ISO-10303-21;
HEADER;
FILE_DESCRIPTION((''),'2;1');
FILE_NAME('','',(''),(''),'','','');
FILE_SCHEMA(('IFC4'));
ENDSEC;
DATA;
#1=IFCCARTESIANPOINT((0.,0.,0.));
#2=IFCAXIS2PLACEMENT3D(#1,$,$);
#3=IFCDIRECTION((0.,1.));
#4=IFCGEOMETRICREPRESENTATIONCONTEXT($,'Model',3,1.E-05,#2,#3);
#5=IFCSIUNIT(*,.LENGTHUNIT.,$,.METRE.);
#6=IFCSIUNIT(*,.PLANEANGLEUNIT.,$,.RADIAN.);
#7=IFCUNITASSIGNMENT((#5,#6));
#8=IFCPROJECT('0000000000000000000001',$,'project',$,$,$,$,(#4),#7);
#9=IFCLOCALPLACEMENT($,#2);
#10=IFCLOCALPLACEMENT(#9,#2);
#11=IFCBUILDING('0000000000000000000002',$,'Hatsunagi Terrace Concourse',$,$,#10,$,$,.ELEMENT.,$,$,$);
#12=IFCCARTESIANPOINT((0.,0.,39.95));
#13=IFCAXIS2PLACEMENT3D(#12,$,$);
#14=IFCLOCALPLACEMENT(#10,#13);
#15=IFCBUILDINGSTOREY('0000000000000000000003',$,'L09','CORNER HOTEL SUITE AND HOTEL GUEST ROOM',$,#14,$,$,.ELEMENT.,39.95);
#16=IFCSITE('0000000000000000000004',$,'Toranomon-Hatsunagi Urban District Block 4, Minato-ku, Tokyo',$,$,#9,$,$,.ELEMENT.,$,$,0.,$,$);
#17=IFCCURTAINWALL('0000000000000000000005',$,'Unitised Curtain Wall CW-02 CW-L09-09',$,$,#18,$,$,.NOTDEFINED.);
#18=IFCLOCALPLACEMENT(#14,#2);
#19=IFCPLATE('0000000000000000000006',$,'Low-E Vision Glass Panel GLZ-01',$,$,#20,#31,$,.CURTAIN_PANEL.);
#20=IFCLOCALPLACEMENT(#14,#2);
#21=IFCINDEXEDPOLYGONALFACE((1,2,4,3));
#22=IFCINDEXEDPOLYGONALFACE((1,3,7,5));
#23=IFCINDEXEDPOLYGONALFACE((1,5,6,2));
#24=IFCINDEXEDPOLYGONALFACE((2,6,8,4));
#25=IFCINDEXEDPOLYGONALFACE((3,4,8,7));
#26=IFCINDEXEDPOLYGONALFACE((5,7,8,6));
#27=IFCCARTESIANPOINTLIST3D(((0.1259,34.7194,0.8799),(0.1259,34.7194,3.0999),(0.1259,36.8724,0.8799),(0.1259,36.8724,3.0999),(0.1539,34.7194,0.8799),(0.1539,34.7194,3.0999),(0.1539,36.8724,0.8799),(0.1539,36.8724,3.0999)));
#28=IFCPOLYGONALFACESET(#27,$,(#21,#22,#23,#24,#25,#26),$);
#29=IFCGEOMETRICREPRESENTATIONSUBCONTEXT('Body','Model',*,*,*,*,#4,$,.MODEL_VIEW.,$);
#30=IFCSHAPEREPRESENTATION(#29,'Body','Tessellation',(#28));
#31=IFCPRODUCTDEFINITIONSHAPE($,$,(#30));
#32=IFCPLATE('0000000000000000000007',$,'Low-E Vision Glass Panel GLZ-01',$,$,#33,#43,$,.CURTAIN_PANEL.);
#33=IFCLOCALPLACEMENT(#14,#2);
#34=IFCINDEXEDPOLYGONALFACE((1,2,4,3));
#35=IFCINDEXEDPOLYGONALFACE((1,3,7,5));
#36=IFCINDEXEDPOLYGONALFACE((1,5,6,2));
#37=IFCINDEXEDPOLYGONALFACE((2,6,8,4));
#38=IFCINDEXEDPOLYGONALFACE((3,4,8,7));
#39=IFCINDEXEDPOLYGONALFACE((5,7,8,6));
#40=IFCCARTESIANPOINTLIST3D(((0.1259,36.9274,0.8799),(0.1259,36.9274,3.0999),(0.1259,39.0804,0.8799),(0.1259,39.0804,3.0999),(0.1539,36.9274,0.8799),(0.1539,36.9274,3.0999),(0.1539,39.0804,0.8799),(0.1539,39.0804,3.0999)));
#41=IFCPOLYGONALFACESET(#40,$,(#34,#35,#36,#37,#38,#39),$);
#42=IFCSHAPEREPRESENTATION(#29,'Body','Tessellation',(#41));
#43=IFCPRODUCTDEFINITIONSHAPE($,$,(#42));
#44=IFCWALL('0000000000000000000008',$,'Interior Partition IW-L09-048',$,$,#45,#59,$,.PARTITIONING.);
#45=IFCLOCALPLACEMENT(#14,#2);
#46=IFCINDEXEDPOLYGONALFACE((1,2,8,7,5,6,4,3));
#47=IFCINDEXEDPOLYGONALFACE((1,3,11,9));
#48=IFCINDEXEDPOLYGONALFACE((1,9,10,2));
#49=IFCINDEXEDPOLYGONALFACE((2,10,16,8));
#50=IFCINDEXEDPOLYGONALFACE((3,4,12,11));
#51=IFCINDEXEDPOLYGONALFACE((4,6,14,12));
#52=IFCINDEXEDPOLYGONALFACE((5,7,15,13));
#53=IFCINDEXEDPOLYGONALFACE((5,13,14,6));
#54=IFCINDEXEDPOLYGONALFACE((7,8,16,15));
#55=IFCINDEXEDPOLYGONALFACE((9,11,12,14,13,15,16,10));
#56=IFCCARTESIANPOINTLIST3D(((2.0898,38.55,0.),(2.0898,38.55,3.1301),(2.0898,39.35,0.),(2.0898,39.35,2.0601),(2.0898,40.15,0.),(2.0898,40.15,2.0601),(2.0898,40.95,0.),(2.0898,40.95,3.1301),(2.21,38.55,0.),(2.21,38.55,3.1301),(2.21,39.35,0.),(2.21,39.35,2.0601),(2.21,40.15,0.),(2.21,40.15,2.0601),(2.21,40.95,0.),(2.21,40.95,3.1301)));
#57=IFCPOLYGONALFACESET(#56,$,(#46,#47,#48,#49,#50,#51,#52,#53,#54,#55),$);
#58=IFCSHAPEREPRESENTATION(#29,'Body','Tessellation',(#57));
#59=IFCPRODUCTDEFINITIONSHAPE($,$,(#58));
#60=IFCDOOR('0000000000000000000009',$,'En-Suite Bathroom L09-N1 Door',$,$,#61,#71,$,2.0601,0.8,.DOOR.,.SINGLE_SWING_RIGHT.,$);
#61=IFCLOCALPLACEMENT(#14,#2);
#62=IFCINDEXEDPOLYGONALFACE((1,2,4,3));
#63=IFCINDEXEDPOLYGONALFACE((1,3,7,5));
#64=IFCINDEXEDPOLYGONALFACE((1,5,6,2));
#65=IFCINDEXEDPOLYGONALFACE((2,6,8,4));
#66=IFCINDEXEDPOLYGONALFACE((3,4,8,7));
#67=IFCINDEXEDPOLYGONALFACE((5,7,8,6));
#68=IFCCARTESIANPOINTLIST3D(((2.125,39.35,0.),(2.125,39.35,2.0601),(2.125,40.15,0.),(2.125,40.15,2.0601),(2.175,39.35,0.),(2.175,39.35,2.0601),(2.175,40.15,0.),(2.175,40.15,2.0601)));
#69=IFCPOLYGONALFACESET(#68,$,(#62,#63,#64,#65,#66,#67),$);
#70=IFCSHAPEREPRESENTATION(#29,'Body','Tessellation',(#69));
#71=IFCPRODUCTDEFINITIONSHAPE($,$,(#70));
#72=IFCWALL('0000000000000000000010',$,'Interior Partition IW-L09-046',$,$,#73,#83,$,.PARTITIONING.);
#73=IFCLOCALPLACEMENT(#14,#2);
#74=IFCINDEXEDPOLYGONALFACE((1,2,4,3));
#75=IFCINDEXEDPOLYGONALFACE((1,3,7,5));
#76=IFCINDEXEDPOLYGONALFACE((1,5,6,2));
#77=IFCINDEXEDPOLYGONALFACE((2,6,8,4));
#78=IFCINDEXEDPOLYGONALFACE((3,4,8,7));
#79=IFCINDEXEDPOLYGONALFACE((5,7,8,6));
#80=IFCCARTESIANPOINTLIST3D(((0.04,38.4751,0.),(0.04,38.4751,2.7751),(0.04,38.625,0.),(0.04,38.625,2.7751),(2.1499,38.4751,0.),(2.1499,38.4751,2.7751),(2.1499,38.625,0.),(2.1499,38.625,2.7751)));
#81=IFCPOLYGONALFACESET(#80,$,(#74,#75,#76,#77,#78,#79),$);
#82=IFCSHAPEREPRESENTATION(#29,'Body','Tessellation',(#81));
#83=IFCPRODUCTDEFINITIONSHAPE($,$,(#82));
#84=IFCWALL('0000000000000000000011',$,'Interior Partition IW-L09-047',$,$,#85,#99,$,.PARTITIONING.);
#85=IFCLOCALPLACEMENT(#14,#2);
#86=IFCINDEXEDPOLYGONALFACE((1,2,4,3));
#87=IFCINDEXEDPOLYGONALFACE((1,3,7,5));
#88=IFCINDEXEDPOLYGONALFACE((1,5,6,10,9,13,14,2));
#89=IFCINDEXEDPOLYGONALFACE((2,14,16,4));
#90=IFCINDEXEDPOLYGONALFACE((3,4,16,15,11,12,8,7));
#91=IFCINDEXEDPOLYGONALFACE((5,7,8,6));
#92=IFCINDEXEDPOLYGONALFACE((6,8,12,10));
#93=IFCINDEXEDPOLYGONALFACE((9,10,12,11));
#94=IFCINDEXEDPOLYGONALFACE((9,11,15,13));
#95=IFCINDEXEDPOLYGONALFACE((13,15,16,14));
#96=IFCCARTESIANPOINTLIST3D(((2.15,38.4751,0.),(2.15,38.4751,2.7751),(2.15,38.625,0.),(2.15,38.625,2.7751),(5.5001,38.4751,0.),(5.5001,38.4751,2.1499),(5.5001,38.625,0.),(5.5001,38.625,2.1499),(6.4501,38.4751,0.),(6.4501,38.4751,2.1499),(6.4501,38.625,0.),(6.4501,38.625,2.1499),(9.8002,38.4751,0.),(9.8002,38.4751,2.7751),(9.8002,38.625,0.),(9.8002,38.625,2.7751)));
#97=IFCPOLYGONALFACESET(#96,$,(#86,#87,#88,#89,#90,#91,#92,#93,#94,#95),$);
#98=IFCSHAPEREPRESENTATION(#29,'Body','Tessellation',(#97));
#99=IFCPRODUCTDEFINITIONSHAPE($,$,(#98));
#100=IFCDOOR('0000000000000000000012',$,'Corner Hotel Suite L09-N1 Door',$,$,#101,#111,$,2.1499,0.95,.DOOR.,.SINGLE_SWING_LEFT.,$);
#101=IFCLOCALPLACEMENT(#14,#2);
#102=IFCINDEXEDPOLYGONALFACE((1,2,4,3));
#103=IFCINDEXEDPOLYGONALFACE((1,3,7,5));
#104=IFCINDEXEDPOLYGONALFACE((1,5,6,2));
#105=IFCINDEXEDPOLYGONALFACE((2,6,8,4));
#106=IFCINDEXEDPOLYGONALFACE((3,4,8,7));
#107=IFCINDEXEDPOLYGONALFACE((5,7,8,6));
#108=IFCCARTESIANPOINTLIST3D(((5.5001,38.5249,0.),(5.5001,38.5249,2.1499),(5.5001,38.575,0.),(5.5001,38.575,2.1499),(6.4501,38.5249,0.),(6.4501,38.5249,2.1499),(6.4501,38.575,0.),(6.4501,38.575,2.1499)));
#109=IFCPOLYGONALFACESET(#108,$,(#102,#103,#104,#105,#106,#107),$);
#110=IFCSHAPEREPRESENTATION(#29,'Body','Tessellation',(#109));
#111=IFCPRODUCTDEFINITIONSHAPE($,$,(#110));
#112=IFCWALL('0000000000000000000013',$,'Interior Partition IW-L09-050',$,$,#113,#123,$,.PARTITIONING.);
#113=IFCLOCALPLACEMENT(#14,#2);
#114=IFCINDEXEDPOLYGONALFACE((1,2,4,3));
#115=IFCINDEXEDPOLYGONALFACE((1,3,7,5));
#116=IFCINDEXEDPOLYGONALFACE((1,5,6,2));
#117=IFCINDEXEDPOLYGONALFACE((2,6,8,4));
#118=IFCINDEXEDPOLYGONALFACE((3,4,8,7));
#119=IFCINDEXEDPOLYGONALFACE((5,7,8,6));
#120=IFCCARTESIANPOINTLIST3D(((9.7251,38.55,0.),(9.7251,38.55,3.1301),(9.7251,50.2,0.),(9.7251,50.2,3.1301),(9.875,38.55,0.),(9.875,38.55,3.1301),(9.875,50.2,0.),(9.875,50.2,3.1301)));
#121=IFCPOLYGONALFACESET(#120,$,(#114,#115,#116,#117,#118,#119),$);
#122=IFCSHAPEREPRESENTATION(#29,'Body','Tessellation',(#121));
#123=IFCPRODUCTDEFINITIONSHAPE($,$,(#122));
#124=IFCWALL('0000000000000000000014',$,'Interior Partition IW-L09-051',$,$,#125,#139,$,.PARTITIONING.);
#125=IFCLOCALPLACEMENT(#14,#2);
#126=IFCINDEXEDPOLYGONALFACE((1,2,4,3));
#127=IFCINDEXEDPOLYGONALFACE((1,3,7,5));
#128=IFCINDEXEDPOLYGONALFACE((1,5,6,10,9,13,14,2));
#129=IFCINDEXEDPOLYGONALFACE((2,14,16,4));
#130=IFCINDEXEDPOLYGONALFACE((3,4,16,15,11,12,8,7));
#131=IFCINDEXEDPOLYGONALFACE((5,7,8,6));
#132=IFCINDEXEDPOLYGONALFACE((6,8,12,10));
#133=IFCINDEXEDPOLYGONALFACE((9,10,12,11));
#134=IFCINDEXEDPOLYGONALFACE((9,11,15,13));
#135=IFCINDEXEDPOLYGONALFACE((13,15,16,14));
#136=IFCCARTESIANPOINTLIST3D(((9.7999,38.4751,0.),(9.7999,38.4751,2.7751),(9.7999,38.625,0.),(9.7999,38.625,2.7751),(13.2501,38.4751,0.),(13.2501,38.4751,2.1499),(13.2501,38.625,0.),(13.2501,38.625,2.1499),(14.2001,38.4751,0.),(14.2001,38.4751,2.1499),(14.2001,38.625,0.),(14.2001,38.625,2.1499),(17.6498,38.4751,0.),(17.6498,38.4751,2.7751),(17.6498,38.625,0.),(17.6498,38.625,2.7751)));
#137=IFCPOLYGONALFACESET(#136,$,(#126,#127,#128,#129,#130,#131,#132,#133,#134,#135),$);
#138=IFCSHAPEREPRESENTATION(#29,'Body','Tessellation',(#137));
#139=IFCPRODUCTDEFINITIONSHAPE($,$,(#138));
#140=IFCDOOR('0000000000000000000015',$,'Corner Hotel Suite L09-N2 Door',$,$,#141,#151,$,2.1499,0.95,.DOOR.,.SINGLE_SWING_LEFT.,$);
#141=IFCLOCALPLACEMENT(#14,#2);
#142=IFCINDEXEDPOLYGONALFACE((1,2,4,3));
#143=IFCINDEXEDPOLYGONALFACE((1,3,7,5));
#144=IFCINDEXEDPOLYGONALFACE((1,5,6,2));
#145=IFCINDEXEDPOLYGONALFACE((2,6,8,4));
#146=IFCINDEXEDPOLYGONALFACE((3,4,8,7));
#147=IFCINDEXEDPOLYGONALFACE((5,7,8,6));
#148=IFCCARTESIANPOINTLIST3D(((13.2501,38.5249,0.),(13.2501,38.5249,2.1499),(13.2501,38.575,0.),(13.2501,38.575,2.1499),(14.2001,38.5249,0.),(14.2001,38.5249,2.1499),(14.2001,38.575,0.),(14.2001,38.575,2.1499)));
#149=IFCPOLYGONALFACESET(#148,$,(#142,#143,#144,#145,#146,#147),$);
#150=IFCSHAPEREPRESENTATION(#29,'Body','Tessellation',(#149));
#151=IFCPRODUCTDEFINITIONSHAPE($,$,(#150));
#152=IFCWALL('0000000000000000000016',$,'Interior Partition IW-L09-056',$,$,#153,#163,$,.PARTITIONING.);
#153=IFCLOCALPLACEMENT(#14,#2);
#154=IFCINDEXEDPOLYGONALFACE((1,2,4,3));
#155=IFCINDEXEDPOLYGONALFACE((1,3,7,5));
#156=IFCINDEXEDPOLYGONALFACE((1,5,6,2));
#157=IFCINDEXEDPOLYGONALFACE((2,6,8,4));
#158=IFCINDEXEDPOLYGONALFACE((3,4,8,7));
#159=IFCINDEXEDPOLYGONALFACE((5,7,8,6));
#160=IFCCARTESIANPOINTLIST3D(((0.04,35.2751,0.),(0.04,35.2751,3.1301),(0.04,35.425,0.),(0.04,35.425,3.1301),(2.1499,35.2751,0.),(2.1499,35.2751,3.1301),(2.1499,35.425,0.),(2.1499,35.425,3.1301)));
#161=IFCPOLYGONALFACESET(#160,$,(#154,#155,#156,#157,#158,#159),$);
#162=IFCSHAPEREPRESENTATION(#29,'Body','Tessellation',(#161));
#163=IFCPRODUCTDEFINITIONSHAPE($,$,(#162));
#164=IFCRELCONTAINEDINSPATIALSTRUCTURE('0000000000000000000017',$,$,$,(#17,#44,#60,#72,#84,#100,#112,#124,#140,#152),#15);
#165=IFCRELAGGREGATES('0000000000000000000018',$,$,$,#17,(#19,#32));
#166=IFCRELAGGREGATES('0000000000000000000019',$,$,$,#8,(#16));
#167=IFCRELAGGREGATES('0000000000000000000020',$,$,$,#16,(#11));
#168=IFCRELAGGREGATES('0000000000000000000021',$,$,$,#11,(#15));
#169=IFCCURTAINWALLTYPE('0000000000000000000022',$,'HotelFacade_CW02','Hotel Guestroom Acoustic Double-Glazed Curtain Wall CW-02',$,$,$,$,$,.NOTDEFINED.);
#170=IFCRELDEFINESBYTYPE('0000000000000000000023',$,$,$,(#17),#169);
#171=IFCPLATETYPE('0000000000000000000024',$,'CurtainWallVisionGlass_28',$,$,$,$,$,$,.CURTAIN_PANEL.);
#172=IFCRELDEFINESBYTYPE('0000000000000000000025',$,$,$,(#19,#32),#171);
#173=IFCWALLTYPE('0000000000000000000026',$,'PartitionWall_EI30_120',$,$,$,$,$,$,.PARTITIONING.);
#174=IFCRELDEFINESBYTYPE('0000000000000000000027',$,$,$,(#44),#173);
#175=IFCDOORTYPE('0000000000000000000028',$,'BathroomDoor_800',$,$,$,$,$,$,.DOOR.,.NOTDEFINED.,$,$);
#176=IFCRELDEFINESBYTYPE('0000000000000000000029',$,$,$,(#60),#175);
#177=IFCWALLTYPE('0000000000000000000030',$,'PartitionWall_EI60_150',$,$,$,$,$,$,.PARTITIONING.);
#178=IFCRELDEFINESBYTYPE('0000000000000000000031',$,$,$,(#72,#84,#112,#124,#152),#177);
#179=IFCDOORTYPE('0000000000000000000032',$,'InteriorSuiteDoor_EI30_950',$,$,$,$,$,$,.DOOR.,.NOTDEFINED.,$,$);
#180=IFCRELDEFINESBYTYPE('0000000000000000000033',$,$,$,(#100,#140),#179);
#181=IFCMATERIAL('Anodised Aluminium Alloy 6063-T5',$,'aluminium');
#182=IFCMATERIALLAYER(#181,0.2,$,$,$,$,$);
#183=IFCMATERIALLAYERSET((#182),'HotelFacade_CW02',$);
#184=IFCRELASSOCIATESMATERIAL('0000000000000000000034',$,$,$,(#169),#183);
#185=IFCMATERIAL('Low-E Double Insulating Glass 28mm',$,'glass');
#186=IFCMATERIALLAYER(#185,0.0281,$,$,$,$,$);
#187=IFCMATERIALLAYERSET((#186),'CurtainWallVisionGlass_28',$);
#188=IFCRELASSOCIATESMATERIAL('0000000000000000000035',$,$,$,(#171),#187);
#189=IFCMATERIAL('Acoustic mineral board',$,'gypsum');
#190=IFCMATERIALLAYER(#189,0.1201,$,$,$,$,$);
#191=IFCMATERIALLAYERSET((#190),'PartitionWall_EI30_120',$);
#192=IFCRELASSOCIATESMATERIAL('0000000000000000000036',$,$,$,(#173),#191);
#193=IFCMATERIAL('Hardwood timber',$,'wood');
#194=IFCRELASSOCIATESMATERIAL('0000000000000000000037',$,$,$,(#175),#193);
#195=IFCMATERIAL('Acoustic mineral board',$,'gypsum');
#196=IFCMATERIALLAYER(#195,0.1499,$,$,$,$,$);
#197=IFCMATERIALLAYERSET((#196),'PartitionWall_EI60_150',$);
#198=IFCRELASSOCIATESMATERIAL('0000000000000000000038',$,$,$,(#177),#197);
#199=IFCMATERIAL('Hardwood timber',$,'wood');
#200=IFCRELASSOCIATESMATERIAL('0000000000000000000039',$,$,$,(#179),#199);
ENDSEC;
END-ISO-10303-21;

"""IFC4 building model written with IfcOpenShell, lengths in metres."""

from ifc_helpers import new_model, si_unit, direction, frame, frame_2d, origin, origin_2d, place, context, subcontext, project, spatial, rectangle, extrude, material, layer, layer_set, type_object, element, fill, aggregate, save


model = new_model("IFC4")

# Units and contexts
model_context = context("Model", 3, precision=1e-05, world=origin(), true_north=direction((0.0, 1.0)))
body_context = subcontext(model_context, "Body", "Model", "MODEL_VIEW")
ifc_project = project(units=[si_unit("LENGTHUNIT", "METRE"), si_unit("PLANEANGLEUNIT", "RADIAN")], contexts=[model_context])

# Site, building, storey
site_placement = place(None, origin())
site = spatial("IfcSite", under=ifc_project, at=site_placement, Name="Toranomon-Hatsunagi Urban District Block 4, Minato-ku, Tokyo", CompositionType="ELEMENT", RefElevation=0.0)
building_placement = place(site_placement, origin())
building = spatial("IfcBuilding", under=site, at=building_placement, Name="Hatsunagi Terrace Concourse", CompositionType="ELEMENT")
storey_placement = place(building_placement, frame((0.0, 0.0, 39.95)))
storey = spatial("IfcBuildingStorey", under=building, at=storey_placement, Name="L09", Description="CORNER HOTEL SUITE AND HOTEL GUEST ROOM", CompositionType="ELEMENT", Elevation=39.95)

# Curtain wall
ifc_material_1 = material(Name="Anodised Aluminium Alloy 6063-T5", Category="aluminium")
ifc_layer_1 = layer(ifc_material_1, 0.2)
ifc_layer_set_1 = layer_set([ifc_layer_1], Name="HotelFacade_CW02")
curtain_wall_type = type_object("IfcCurtainWallType", Name="HotelFacade_CW02", Description="Hotel Guestroom Acoustic Double-Glazed Curtain Wall CW-02", PredefinedType="NOTDEFINED", material=ifc_layer_set_1)
curtain_wall_placement = place(storey_placement, origin())
curtain_wall = element("IfcCurtainWall", 1, at=curtain_wall_placement, inside=storey, type_object=curtain_wall_type, Name="Unitised Curtain Wall CW-02 CW-L09-09", PredefinedType="NOTDEFINED")

# Plates
ifc_material_2 = material(Name="Low-E Double Insulating Glass 28mm", Category="glass")
ifc_layer_2 = layer(ifc_material_2, 0.0281)
ifc_layer_set_2 = layer_set([ifc_layer_2], Name="CurtainWallVisionGlass_28")
plate_type_1 = type_object("IfcPlateType", Name="CurtainWallVisionGlass_28", PredefinedType="CURTAIN_PANEL", material=ifc_layer_set_2)
plate_1_placement = place(storey_placement, frame((0.1399, 35.7959, 0.8799), z_axis=(0.0, 0.0, 1.0), x_axis=(0.0, 1.0, 0.0)))
plate_1 = element("IfcPlate", 2, at=plate_1_placement, type_object=plate_type_1, Name="Low-E Vision Glass Panel GLZ-01", PredefinedType="CURTAIN_PANEL", context=body_context, shape_type="SweptSolid", body=[
    extrude(rectangle(XDim=2.1531, YDim=0.0281, at=origin_2d()), origin(), (0.0, 0.0, 1.0), 2.22),
])
plate_2_placement = place(storey_placement, frame((0.1399, 38.0039, 0.8799), z_axis=(0.0, 0.0, 1.0), x_axis=(0.0, 1.0, 0.0)))
plate_2 = element("IfcPlate", 3, at=plate_2_placement, type_object=plate_type_1, Name="Low-E Vision Glass Panel GLZ-01", PredefinedType="CURTAIN_PANEL", context=body_context, shape_type="SweptSolid", body=[
    extrude(rectangle(XDim=2.1531, YDim=0.0281, at=origin_2d()), origin(), (0.0, 0.0, 1.0), 2.22),
])
aggregate(curtain_wall, [plate_1, plate_2])

# Wall, opening, door
ifc_material_3 = material(Name="Acoustic mineral board", Category="gypsum")
ifc_layer_3 = layer(ifc_material_3, 0.1201)
ifc_layer_set_3 = layer_set([ifc_layer_3], Name="PartitionWall_EI30_120")
wall_type_1 = type_object("IfcWallType", Name="PartitionWall_EI30_120", PredefinedType="PARTITIONING", material=ifc_layer_set_3)
wall_1_placement = place(storey_placement, frame((2.1499, 38.55, 0.0), z_axis=(0.0, 0.0, 1.0), x_axis=(0.0, 1.0, 0.0)))
wall_1 = element("IfcWall", 4, at=wall_1_placement, inside=storey, type_object=wall_type_1, Name="Interior Partition IW-L09-048", PredefinedType="PARTITIONING", context=body_context, shape_type="SweptSolid", body=[
    extrude(rectangle(XDim=2.3999, YDim=0.1201, at=frame_2d((1.2, 0.0))), origin(), (0.0, 0.0, 1.0), 3.1301),
])
opening_1_placement = place(wall_1_placement, frame((0.8, 0.0, 0.0)))
opening_1 = element("IfcOpeningElement", 5, at=opening_1_placement, cuts=wall_1, PredefinedType="OPENING", context=body_context, shape_type="SweptSolid", body=[
    extrude(rectangle(XDim=0.8, YDim=2.0601, at=frame_2d((0.3999, 1.03))), frame((0.0, 0.0701, 0.0), z_axis=(0.0, -1.0, 0.0), x_axis=(1.0, 0.0, 0.0)), (0.0, 0.0, 1.0), 0.1401),
])
ifc_material_4 = material(Name="Hardwood timber", Category="wood")
door_type_1 = type_object("IfcDoorType", Name="BathroomDoor_800", OperationType="NOTDEFINED", PredefinedType="DOOR", material=ifc_material_4)
door_1_placement = place(opening_1_placement, origin())
door_1 = element("IfcDoor", 6, at=door_1_placement, inside=storey, type_object=door_type_1, Name="En-Suite Bathroom L09-N1 Door", OperationType="SINGLE_SWING_RIGHT", OverallHeight=2.0601, OverallWidth=0.8, PredefinedType="DOOR", context=body_context, shape_type="SweptSolid", body=[
    extrude(rectangle(XDim=0.8, YDim=2.0601, at=frame_2d((0.3999, 1.03))), frame((0.0, 0.0249, 0.0), z_axis=(0.0, -1.0, 0.0), x_axis=(1.0, 0.0, 0.0)), (0.0, 0.0, 1.0), 0.05),
])
fill(opening_1, door_1)

# Wall
ifc_material_5 = material(Name="Acoustic mineral board", Category="gypsum")
ifc_layer_4 = layer(ifc_material_5, 0.1499)
ifc_layer_set_4 = layer_set([ifc_layer_4], Name="PartitionWall_EI60_150")
wall_type_2 = type_object("IfcWallType", Name="PartitionWall_EI60_150", PredefinedType="PARTITIONING", material=ifc_layer_set_4)
wall_2_placement = place(storey_placement, frame((0.04, 38.55, 0.0), z_axis=(0.0, 0.0, 1.0), x_axis=(1.0, 0.0, 0.0)))
element("IfcWall", 7, at=wall_2_placement, inside=storey, type_object=wall_type_2, Name="Interior Partition IW-L09-046", PredefinedType="PARTITIONING", context=body_context, shape_type="SweptSolid", body=[
    extrude(rectangle(XDim=2.1099, YDim=0.1499, at=frame_2d((1.0549, 0.0))), origin(), (0.0, 0.0, 1.0), 2.7751),
])

# Wall, opening, door
wall_3_placement = place(storey_placement, frame((2.1499, 38.55, 0.0), z_axis=(0.0, 0.0, 1.0), x_axis=(1.0, 0.0, 0.0)))
wall_3 = element("IfcWall", 8, at=wall_3_placement, inside=storey, type_object=wall_type_2, Name="Interior Partition IW-L09-047", PredefinedType="PARTITIONING", context=body_context, shape_type="SweptSolid", body=[
    extrude(rectangle(XDim=7.6501, YDim=0.1499, at=frame_2d((3.8252, 0.0))), origin(), (0.0, 0.0, 1.0), 2.7751),
])
opening_2_placement = place(wall_3_placement, frame((3.3501, 0.0, 0.0)))
opening_2 = element("IfcOpeningElement", 9, at=opening_2_placement, cuts=wall_3, PredefinedType="OPENING", context=body_context, shape_type="SweptSolid", body=[
    extrude(rectangle(XDim=0.95, YDim=2.1499, at=frame_2d((0.4751, 1.075))), frame((0.0, 0.085, 0.0), z_axis=(0.0, -1.0, 0.0), x_axis=(1.0, 0.0, 0.0)), (0.0, 0.0, 1.0), 0.1699),
])
ifc_material_6 = material(Name="Hardwood timber", Category="wood")
door_type_2 = type_object("IfcDoorType", Name="InteriorSuiteDoor_EI30_950", OperationType="NOTDEFINED", PredefinedType="DOOR", material=ifc_material_6)
door_2_placement = place(opening_2_placement, origin())
door_2 = element("IfcDoor", 10, at=door_2_placement, inside=storey, type_object=door_type_2, Name="Corner Hotel Suite L09-N1 Door", OperationType="SINGLE_SWING_LEFT", OverallHeight=2.1499, OverallWidth=0.95, PredefinedType="DOOR", context=body_context, shape_type="SweptSolid", body=[
    extrude(rectangle(XDim=0.95, YDim=2.1499, at=frame_2d((0.4751, 1.075))), frame((0.0, 0.0249, 0.0), z_axis=(0.0, -1.0, 0.0), x_axis=(1.0, 0.0, 0.0)), (0.0, 0.0, 1.0), 0.05),
])
fill(opening_2, door_2)

# Wall
wall_4_placement = place(storey_placement, frame((9.8, 38.55, 0.0), z_axis=(0.0, 0.0, 1.0), x_axis=(0.0, 1.0, 0.0)))
element("IfcWall", 11, at=wall_4_placement, inside=storey, type_object=wall_type_2, Name="Interior Partition IW-L09-050", PredefinedType="PARTITIONING", context=body_context, shape_type="SweptSolid", body=[
    extrude(rectangle(XDim=11.6499, YDim=0.1499, at=frame_2d((5.825, 0.0))), origin(), (0.0, 0.0, 1.0), 3.1301),
])

# Wall, opening, door
wall_5_placement = place(storey_placement, frame((9.8, 38.55, 0.0), z_axis=(0.0, 0.0, 1.0), x_axis=(1.0, 0.0, 0.0)))
wall_5 = element("IfcWall", 12, at=wall_5_placement, inside=storey, type_object=wall_type_2, Name="Interior Partition IW-L09-051", PredefinedType="PARTITIONING", context=body_context, shape_type="SweptSolid", body=[
    extrude(rectangle(XDim=7.8499, YDim=0.1499, at=frame_2d((3.9248, 0.0))), origin(), (0.0, 0.0, 1.0), 2.7751),
])
opening_3_placement = place(wall_5_placement, frame((3.45, 0.0, 0.0)))
opening_3 = element("IfcOpeningElement", 13, at=opening_3_placement, cuts=wall_5, PredefinedType="OPENING", context=body_context, shape_type="SweptSolid", body=[
    extrude(rectangle(XDim=0.95, YDim=2.1499, at=frame_2d((0.4751, 1.075))), frame((0.0, 0.085, 0.0), z_axis=(0.0, -1.0, 0.0), x_axis=(1.0, 0.0, 0.0)), (0.0, 0.0, 1.0), 0.1699),
])
door_3_placement = place(opening_3_placement, origin())
door_3 = element("IfcDoor", 14, at=door_3_placement, inside=storey, type_object=door_type_2, Name="Corner Hotel Suite L09-N2 Door", OperationType="SINGLE_SWING_LEFT", OverallHeight=2.1499, OverallWidth=0.95, PredefinedType="DOOR", context=body_context, shape_type="SweptSolid", body=[
    extrude(rectangle(XDim=0.95, YDim=2.1499, at=frame_2d((0.4751, 1.075))), frame((0.0, 0.0249, 0.0), z_axis=(0.0, -1.0, 0.0), x_axis=(1.0, 0.0, 0.0)), (0.0, 0.0, 1.0), 0.05),
])
fill(opening_3, door_3)

# Wall
wall_6_placement = place(storey_placement, frame((0.04, 35.3501, 0.0), z_axis=(0.0, 0.0, 1.0), x_axis=(1.0, 0.0, 0.0)))
element("IfcWall", 15, at=wall_6_placement, inside=storey, type_object=wall_type_2, Name="Interior Partition IW-L09-056", PredefinedType="PARTITIONING", context=body_context, shape_type="SweptSolid", body=[
    extrude(rectangle(XDim=2.1099, YDim=0.1499, at=frame_2d((1.0549, 0.0))), origin(), (0.0, 0.0, 1.0), 3.1301),
])

save(model, "model.ifc")
